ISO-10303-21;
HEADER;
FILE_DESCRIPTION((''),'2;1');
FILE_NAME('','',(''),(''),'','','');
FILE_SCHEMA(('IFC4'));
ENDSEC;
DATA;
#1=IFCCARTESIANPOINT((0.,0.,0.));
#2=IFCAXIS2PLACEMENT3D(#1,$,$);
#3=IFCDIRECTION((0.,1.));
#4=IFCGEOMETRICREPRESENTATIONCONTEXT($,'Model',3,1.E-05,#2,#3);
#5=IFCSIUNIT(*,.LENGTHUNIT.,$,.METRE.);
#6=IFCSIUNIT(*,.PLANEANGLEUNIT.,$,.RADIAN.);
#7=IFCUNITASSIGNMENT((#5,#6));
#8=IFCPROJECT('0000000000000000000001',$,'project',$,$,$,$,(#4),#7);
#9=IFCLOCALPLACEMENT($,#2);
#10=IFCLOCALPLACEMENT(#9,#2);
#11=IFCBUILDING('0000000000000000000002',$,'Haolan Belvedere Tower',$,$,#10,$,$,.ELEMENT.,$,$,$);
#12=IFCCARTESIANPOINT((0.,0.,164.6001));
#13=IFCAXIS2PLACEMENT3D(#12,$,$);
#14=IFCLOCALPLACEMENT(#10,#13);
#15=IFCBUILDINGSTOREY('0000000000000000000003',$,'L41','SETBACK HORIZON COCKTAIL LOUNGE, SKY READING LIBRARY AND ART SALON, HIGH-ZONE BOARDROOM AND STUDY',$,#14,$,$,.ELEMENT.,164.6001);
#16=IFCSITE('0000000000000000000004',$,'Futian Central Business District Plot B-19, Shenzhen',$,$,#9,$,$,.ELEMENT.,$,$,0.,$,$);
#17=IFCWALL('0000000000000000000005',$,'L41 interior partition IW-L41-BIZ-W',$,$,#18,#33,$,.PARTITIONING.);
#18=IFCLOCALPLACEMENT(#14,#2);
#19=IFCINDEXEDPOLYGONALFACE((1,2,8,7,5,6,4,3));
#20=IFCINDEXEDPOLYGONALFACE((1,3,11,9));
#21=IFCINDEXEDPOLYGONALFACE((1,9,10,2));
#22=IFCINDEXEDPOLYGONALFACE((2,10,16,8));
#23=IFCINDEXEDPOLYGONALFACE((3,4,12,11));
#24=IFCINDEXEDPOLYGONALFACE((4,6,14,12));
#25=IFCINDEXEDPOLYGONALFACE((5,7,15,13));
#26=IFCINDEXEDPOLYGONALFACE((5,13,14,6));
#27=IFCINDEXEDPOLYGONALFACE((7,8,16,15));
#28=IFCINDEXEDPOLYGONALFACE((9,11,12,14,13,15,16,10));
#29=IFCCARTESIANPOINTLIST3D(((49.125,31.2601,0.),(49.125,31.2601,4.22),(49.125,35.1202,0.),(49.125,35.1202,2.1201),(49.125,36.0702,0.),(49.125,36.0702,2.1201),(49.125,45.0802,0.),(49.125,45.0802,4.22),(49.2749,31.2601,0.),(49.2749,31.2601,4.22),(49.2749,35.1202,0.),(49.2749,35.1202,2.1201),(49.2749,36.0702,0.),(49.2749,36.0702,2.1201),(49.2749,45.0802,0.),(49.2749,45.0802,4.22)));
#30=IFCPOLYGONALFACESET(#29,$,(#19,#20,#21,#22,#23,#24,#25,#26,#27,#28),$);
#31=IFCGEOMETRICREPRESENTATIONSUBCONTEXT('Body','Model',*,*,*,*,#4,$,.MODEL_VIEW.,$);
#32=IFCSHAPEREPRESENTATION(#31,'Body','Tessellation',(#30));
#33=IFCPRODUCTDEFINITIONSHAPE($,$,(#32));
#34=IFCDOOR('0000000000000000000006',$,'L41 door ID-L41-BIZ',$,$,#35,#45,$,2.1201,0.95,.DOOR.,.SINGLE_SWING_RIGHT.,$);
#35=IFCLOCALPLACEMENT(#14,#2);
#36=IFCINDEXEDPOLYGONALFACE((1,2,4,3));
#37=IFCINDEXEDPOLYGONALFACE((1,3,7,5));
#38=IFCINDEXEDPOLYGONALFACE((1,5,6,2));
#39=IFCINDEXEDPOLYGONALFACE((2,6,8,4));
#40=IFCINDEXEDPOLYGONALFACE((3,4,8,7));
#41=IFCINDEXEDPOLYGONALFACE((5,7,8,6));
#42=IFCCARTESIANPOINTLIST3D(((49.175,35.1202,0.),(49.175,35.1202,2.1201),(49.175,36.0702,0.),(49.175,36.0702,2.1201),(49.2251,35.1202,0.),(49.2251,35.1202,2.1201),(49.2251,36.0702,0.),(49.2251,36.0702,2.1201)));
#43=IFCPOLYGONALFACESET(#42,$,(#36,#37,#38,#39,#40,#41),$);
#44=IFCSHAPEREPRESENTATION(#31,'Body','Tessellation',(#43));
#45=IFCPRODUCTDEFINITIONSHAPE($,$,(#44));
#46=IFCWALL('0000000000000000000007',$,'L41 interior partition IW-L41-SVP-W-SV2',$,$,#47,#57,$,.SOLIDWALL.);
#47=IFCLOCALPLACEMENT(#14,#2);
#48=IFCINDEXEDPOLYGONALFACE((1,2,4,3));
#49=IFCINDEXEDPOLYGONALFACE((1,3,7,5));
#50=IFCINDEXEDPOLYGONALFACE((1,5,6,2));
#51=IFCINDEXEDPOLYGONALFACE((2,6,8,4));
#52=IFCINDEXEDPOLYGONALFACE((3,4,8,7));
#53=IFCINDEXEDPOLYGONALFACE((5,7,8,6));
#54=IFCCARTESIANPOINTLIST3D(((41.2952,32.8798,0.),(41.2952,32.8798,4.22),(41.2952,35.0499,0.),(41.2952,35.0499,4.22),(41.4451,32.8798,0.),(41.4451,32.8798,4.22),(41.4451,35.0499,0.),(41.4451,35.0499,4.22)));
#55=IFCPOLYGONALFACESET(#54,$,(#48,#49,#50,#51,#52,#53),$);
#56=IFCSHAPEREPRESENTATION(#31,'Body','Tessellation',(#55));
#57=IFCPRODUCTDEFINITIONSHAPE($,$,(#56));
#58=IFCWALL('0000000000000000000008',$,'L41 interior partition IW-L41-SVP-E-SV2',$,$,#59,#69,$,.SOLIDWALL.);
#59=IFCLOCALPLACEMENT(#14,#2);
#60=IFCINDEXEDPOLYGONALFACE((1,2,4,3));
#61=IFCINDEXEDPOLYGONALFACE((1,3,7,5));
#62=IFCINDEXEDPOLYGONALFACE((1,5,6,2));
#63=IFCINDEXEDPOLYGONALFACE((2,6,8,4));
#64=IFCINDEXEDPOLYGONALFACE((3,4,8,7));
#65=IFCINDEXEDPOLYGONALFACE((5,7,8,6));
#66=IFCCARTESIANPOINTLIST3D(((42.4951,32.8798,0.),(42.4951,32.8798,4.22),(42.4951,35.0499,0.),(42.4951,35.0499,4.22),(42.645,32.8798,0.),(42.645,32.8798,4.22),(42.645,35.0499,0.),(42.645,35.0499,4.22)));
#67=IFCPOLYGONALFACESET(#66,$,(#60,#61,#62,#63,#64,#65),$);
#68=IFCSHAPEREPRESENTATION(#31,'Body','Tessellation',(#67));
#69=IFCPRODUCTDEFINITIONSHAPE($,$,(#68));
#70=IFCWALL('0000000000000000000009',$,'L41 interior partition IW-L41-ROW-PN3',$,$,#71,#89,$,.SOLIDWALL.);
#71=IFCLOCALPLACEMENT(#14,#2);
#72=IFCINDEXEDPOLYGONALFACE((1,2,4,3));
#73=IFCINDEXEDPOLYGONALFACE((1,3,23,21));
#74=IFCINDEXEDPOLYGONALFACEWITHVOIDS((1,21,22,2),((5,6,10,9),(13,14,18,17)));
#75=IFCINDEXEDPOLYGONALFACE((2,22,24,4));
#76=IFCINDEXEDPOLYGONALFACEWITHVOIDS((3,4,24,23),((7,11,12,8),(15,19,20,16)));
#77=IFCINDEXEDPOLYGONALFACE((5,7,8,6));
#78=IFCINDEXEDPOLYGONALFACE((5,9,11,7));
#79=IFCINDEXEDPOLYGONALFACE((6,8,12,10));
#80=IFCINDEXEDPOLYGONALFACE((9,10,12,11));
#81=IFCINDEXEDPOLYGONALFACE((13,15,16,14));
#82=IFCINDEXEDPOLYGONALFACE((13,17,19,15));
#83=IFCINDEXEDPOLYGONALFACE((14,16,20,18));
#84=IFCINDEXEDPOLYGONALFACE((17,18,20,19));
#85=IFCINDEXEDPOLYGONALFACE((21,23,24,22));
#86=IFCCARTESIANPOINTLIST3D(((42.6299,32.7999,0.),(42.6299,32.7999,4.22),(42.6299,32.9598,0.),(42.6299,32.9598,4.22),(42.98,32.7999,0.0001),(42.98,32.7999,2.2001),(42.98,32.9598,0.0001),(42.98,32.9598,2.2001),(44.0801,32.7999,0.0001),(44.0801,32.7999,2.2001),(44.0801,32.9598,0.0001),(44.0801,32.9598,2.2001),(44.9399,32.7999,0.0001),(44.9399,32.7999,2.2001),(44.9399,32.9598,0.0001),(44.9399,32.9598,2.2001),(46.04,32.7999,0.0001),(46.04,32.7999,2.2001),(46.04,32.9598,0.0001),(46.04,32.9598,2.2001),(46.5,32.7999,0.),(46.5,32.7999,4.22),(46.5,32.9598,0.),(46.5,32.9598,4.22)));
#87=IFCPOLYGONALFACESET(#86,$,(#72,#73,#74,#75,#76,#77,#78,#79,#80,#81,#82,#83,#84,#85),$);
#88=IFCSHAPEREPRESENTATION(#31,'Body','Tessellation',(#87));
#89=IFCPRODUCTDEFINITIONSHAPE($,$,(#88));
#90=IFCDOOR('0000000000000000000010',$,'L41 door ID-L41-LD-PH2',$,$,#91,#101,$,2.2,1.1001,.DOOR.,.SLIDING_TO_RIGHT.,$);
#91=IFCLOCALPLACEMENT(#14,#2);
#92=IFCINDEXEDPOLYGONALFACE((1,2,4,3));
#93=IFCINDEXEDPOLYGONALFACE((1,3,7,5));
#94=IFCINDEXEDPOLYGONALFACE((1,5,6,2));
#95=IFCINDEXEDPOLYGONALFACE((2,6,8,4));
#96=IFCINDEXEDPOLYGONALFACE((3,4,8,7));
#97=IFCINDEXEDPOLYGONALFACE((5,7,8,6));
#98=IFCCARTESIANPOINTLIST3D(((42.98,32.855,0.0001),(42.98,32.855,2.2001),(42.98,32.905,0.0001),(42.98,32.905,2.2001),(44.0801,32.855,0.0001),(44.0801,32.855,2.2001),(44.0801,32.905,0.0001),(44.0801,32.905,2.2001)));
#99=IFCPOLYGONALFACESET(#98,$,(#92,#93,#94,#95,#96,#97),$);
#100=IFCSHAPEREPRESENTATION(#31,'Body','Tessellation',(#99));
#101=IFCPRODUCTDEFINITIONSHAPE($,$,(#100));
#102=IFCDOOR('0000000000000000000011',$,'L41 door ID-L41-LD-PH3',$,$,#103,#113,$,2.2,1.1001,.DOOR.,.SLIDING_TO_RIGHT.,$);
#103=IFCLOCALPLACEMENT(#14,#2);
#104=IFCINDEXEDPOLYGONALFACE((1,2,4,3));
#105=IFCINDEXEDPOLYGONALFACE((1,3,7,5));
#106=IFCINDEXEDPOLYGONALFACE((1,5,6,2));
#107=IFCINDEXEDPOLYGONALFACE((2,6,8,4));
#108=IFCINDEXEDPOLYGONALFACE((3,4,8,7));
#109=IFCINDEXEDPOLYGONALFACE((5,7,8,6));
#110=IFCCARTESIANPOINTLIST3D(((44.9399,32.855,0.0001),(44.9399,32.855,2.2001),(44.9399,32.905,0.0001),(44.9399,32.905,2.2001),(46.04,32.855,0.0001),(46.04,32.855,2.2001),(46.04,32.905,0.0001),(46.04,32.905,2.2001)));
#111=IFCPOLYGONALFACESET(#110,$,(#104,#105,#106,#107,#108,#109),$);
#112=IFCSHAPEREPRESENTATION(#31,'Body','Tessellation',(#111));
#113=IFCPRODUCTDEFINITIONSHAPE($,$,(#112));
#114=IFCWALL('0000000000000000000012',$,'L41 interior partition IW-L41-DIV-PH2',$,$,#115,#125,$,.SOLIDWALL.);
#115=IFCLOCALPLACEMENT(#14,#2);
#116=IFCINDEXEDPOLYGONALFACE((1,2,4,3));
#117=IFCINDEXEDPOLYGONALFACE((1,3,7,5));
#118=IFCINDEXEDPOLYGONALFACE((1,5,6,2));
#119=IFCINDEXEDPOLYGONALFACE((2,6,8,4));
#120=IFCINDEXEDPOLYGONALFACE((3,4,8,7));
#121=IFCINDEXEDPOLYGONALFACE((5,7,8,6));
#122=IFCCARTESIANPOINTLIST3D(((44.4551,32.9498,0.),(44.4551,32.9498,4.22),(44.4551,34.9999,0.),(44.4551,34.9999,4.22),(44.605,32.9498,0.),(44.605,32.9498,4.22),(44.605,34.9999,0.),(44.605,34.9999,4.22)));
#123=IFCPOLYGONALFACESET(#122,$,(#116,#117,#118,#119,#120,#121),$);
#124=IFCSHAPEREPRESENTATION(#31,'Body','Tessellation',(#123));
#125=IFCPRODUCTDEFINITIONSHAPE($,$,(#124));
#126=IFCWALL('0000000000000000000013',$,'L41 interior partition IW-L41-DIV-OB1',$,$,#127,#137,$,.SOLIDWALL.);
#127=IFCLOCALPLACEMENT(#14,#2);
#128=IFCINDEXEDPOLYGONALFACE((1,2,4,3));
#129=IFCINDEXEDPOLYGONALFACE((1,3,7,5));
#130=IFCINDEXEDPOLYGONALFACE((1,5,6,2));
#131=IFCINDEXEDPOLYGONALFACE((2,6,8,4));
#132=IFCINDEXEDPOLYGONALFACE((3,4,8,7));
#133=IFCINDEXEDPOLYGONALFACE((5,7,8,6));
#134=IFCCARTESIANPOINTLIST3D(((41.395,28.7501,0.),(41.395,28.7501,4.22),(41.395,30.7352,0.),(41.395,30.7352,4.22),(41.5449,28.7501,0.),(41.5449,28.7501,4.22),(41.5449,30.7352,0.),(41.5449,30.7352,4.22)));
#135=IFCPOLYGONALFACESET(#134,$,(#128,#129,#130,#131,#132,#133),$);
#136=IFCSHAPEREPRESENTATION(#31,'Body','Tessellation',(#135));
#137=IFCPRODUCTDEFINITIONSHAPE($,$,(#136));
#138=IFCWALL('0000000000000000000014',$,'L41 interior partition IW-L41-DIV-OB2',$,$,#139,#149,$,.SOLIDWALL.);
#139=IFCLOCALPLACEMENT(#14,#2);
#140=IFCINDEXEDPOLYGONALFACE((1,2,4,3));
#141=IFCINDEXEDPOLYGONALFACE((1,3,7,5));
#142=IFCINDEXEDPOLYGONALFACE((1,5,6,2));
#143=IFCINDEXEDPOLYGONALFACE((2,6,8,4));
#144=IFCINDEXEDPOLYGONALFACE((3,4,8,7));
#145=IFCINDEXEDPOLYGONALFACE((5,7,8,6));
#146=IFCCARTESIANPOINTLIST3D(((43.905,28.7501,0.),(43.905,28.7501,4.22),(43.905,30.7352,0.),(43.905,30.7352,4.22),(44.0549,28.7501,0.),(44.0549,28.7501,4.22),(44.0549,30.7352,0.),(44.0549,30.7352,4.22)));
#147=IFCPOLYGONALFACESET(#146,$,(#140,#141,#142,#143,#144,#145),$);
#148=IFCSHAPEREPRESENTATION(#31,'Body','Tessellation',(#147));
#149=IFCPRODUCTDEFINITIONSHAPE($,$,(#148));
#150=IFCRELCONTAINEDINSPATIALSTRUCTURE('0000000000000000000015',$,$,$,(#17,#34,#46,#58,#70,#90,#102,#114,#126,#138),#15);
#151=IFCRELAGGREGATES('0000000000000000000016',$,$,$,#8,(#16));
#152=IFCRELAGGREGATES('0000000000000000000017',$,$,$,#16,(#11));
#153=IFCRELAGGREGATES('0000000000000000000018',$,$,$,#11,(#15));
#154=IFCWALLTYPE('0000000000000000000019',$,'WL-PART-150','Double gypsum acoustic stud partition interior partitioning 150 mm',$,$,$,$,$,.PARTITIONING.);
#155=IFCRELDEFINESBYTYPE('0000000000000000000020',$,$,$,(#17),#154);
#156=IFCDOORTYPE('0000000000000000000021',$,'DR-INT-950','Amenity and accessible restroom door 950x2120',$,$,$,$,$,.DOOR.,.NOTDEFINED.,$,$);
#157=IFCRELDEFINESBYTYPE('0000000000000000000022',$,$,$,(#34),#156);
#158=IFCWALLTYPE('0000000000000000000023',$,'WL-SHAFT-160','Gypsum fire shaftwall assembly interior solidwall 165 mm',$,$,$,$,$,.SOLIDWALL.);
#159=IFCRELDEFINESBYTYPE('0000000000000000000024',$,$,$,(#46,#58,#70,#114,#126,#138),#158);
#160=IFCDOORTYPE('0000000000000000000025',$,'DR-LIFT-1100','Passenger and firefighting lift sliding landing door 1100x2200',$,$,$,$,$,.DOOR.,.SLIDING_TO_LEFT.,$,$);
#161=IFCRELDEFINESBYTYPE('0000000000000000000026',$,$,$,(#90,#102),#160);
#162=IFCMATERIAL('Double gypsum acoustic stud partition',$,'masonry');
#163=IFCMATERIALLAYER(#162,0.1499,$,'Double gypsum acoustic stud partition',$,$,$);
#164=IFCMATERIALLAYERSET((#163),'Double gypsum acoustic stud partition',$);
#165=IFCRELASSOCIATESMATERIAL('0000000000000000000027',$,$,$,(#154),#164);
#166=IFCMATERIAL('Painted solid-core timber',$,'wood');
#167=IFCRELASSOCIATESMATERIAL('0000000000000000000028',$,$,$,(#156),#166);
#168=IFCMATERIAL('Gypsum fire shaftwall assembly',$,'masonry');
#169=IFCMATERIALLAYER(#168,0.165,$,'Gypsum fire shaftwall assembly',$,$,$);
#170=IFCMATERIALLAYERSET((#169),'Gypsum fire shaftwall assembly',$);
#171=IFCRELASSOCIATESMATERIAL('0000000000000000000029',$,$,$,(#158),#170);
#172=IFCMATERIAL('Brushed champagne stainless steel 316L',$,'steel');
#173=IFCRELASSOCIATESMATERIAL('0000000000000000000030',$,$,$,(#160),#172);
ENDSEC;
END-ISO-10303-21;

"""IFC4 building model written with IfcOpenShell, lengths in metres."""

from ifc_helpers import new_model, si_unit, direction, frame, frame_2d, origin, place, context, subcontext, project, spatial, rectangle, extrude, material, layer, layer_set, type_object, element, fill, save


model = new_model("IFC4")

# Units and contexts
model_context = context("Model", 3, precision=1e-05, world=origin(), true_north=direction((0.0, 1.0)))
body_context = subcontext(model_context, "Body", "Model", "MODEL_VIEW")
ifc_project = project(units=[si_unit("LENGTHUNIT", "METRE"), si_unit("PLANEANGLEUNIT", "RADIAN")], contexts=[model_context])

# Site, building, storey
site_placement = place(None, origin())
site = spatial("IfcSite", under=ifc_project, at=site_placement, Name="Futian Central Business District Plot B-19, Shenzhen", CompositionType="ELEMENT", RefElevation=0.0)
building_placement = place(site_placement, origin())
building = spatial("IfcBuilding", under=site, at=building_placement, Name="Haolan Belvedere Tower", CompositionType="ELEMENT")
storey_placement = place(building_placement, frame((0.0, 0.0, 164.6001)))
storey = spatial("IfcBuildingStorey", under=building, at=storey_placement, Name="L41", Description="SETBACK HORIZON COCKTAIL LOUNGE, SKY READING LIBRARY AND ART SALON, HIGH-ZONE BOARDROOM AND STUDY", CompositionType="ELEMENT", Elevation=164.6001)

# Shared definitions
ifc_material_1 = material(Name="Double gypsum acoustic stud partition", Category="masonry")
ifc_layer_1 = layer(ifc_material_1, 0.1499, Name="Double gypsum acoustic stud partition")
ifc_layer_set_1 = layer_set([ifc_layer_1], Name="Double gypsum acoustic stud partition")
wall_type_1 = type_object("IfcWallType", Name="WL-PART-150", Description="Double gypsum acoustic stud partition interior partitioning 150 mm", PredefinedType="PARTITIONING", material=ifc_layer_set_1)

# Wall, opening, door
wall_1_placement = place(storey_placement, frame((49.2, 31.26, 0.0), z_axis=(0.0, 0.0, 1.0), x_axis=(0.0, 1.0, 0.0)))
wall_1 = element("IfcWall", 1, at=wall_1_placement, inside=storey, type_object=wall_type_1, Name="L41 interior partition IW-L41-BIZ-W", PredefinedType="PARTITIONING", context=body_context, shape_type="SweptSolid", body=[
    extrude(rectangle(XDim=13.8201, YDim=0.1499, at=frame_2d((6.9102, 0.0))), origin(), (0.0, 0.0, 1.0), 4.22),
])
opening_1_placement = place(wall_1_placement, frame((3.8601, 0.0, 0.0)))
opening_1 = element("IfcOpeningElement", 2, at=opening_1_placement, cuts=wall_1, PredefinedType="OPENING", context=body_context, shape_type="SweptSolid", body=[
    extrude(rectangle(XDim=0.95, YDim=2.1201, at=frame_2d((0.4751, 1.0601))), frame((0.0, 0.085, 0.0), z_axis=(0.0, -1.0, 0.0), x_axis=(1.0, 0.0, 0.0)), (0.0, 0.0, 1.0), 0.1699),
])
ifc_material_2 = material(Name="Painted solid-core timber", Category="wood")
door_type_1 = type_object("IfcDoorType", Name="DR-INT-950", Description="Amenity and accessible restroom door 950x2120", OperationType="NOTDEFINED", PredefinedType="DOOR", material=ifc_material_2)
door_1_placement = place(opening_1_placement, origin())
door_1 = element("IfcDoor", 3, at=door_1_placement, inside=storey, type_object=door_type_1, Name="L41 door ID-L41-BIZ", OperationType="SINGLE_SWING_RIGHT", OverallHeight=2.1201, OverallWidth=0.95, PredefinedType="DOOR", context=body_context, shape_type="SweptSolid", body=[
    extrude(rectangle(XDim=0.95, YDim=2.1201, at=frame_2d((0.4751, 1.0601))), frame((0.0, 0.0249, 0.0), z_axis=(0.0, -1.0, 0.0), x_axis=(1.0, 0.0, 0.0)), (0.0, 0.0, 1.0), 0.05),
])
fill(opening_1, door_1)

# Walls
ifc_material_3 = material(Name="Gypsum fire shaftwall assembly", Category="masonry")
ifc_layer_2 = layer(ifc_material_3, 0.165, Name="Gypsum fire shaftwall assembly")
ifc_layer_set_2 = layer_set([ifc_layer_2], Name="Gypsum fire shaftwall assembly")
wall_type_2 = type_object("IfcWallType", Name="WL-SHAFT-160", Description="Gypsum fire shaftwall assembly interior solidwall 165 mm", PredefinedType="SOLIDWALL", material=ifc_layer_set_2)
for number, where, z_axis, x_axis, name in (
    (4, (41.3701, 32.8799, 0.0), (0.0, 0.0, 1.0), (0.0, 1.0, 0.0), "L41 interior partition IW-L41-SVP-W-SV2"),
    (5, (42.5701, 32.8799, 0.0), (0.0, 0.0, 1.0), (0.0, 1.0, 0.0), "L41 interior partition IW-L41-SVP-E-SV2"),
):
    element("IfcWall", number, at=place(storey_placement, frame(where, z_axis=z_axis, x_axis=x_axis)), inside=storey, type_object=wall_type_2, Name=name, PredefinedType="SOLIDWALL", context=body_context, shape_type="SweptSolid", body=[
        extrude(rectangle(XDim=2.1702, YDim=0.1499, at=frame_2d((1.085, 0.0))), origin(), (0.0, 0.0, 1.0), 4.22),
    ])

# Wall, openings, doors
wall_2_placement = place(storey_placement, frame((42.6299, 32.8799, 0.0), z_axis=(0.0, 0.0, 1.0), x_axis=(1.0, 0.0, 0.0)))
wall_2 = element("IfcWall", 6, at=wall_2_placement, inside=storey, type_object=wall_type_2, Name="L41 interior partition IW-L41-ROW-PN3", PredefinedType="SOLIDWALL", context=body_context, shape_type="SweptSolid", body=[
    extrude(rectangle(XDim=3.8701, YDim=0.1599, at=frame_2d((1.9351, 0.0))), origin(), (0.0, 0.0, 1.0), 4.22),
])
opening_2_placement = place(wall_2_placement, frame((1.4502, 0.0, 0.0), z_axis=(0.0, 0.0, 1.0), x_axis=(-1.0, 0.0, 0.0)))
opening_2 = element("IfcOpeningElement", 7, at=opening_2_placement, cuts=wall_2, PredefinedType="OPENING", context=body_context, shape_type="SweptSolid", body=[
    extrude(rectangle(XDim=1.1001, YDim=2.2, at=frame_2d((0.55, 1.1001))), frame((0.0, 0.0898, 0.0), z_axis=(0.0, -1.0, 0.0), x_axis=(1.0, 0.0, 0.0)), (0.0, 0.0, 1.0), 0.1799),
])
opening_3_placement = place(wall_2_placement, frame((3.4102, 0.0, 0.0), z_axis=(0.0, 0.0, 1.0), x_axis=(-1.0, 0.0, 0.0)))
opening_3 = element("IfcOpeningElement", 8, at=opening_3_placement, cuts=wall_2, PredefinedType="OPENING", context=body_context, shape_type="SweptSolid", body=[
    extrude(rectangle(XDim=1.1001, YDim=2.2, at=frame_2d((0.55, 1.1001))), frame((0.0, 0.0898, 0.0), z_axis=(0.0, -1.0, 0.0), x_axis=(1.0, 0.0, 0.0)), (0.0, 0.0, 1.0), 0.1799),
])
ifc_material_4 = material(Name="Brushed champagne stainless steel 316L", Category="steel")
door_type_2 = type_object("IfcDoorType", Name="DR-LIFT-1100", Description="Passenger and firefighting lift sliding landing door 1100x2200", OperationType="SLIDING_TO_LEFT", PredefinedType="DOOR", material=ifc_material_4)
door_2_placement = place(opening_2_placement, origin())
door_2 = element("IfcDoor", 9, at=door_2_placement, inside=storey, type_object=door_type_2, Name="L41 door ID-L41-LD-PH2", OperationType="SLIDING_TO_RIGHT", OverallHeight=2.2, OverallWidth=1.1001, PredefinedType="DOOR", context=body_context, shape_type="SweptSolid", body=[
    extrude(rectangle(XDim=1.1001, YDim=2.2, at=frame_2d((0.55, 1.1001))), frame((0.0, 0.0249, 0.0), z_axis=(0.0, -1.0, 0.0), x_axis=(1.0, 0.0, 0.0)), (0.0, 0.0, 1.0), 0.05),
])
fill(opening_2, door_2)
door_3_placement = place(opening_3_placement, origin())
door_3 = element("IfcDoor", 10, at=door_3_placement, inside=storey, type_object=door_type_2, Name="L41 door ID-L41-LD-PH3", OperationType="SLIDING_TO_RIGHT", OverallHeight=2.2, OverallWidth=1.1001, PredefinedType="DOOR", context=body_context, shape_type="SweptSolid", body=[
    extrude(rectangle(XDim=1.1001, YDim=2.2, at=frame_2d((0.55, 1.1001))), frame((0.0, 0.0249, 0.0), z_axis=(0.0, -1.0, 0.0), x_axis=(1.0, 0.0, 0.0)), (0.0, 0.0, 1.0), 0.05),
])
fill(opening_3, door_3)

# Walls
wall_3_placement = place(storey_placement, frame((44.53, 32.95, 0.0), z_axis=(0.0, 0.0, 1.0), x_axis=(0.0, 1.0, 0.0)))
element("IfcWall", 11, at=wall_3_placement, inside=storey, type_object=wall_type_2, Name="L41 interior partition IW-L41-DIV-PH2", PredefinedType="SOLIDWALL", context=body_context, shape_type="SweptSolid", body=[
    extrude(rectangle(XDim=2.05, YDim=0.1499, at=frame_2d((1.0249, 0.0))), origin(), (0.0, 0.0, 1.0), 4.22),
])
for number, where, z_axis, x_axis, name in (
    (12, (41.47, 28.75, 0.0), (0.0, 0.0, 1.0), (0.0, 1.0, 0.0), "L41 interior partition IW-L41-DIV-OB1"),
    (13, (43.98, 28.75, 0.0), (0.0, 0.0, 1.0), (0.0, 1.0, 0.0), "L41 interior partition IW-L41-DIV-OB2"),
):
    element("IfcWall", number, at=place(storey_placement, frame(where, z_axis=z_axis, x_axis=x_axis)), inside=storey, type_object=wall_type_2, Name=name, PredefinedType="SOLIDWALL", context=body_context, shape_type="SweptSolid", body=[
        extrude(rectangle(XDim=1.9851, YDim=0.1499, at=frame_2d((0.9927, 0.0))), origin(), (0.0, 0.0, 1.0), 4.22),
    ])

save(model, "model.ifc")
